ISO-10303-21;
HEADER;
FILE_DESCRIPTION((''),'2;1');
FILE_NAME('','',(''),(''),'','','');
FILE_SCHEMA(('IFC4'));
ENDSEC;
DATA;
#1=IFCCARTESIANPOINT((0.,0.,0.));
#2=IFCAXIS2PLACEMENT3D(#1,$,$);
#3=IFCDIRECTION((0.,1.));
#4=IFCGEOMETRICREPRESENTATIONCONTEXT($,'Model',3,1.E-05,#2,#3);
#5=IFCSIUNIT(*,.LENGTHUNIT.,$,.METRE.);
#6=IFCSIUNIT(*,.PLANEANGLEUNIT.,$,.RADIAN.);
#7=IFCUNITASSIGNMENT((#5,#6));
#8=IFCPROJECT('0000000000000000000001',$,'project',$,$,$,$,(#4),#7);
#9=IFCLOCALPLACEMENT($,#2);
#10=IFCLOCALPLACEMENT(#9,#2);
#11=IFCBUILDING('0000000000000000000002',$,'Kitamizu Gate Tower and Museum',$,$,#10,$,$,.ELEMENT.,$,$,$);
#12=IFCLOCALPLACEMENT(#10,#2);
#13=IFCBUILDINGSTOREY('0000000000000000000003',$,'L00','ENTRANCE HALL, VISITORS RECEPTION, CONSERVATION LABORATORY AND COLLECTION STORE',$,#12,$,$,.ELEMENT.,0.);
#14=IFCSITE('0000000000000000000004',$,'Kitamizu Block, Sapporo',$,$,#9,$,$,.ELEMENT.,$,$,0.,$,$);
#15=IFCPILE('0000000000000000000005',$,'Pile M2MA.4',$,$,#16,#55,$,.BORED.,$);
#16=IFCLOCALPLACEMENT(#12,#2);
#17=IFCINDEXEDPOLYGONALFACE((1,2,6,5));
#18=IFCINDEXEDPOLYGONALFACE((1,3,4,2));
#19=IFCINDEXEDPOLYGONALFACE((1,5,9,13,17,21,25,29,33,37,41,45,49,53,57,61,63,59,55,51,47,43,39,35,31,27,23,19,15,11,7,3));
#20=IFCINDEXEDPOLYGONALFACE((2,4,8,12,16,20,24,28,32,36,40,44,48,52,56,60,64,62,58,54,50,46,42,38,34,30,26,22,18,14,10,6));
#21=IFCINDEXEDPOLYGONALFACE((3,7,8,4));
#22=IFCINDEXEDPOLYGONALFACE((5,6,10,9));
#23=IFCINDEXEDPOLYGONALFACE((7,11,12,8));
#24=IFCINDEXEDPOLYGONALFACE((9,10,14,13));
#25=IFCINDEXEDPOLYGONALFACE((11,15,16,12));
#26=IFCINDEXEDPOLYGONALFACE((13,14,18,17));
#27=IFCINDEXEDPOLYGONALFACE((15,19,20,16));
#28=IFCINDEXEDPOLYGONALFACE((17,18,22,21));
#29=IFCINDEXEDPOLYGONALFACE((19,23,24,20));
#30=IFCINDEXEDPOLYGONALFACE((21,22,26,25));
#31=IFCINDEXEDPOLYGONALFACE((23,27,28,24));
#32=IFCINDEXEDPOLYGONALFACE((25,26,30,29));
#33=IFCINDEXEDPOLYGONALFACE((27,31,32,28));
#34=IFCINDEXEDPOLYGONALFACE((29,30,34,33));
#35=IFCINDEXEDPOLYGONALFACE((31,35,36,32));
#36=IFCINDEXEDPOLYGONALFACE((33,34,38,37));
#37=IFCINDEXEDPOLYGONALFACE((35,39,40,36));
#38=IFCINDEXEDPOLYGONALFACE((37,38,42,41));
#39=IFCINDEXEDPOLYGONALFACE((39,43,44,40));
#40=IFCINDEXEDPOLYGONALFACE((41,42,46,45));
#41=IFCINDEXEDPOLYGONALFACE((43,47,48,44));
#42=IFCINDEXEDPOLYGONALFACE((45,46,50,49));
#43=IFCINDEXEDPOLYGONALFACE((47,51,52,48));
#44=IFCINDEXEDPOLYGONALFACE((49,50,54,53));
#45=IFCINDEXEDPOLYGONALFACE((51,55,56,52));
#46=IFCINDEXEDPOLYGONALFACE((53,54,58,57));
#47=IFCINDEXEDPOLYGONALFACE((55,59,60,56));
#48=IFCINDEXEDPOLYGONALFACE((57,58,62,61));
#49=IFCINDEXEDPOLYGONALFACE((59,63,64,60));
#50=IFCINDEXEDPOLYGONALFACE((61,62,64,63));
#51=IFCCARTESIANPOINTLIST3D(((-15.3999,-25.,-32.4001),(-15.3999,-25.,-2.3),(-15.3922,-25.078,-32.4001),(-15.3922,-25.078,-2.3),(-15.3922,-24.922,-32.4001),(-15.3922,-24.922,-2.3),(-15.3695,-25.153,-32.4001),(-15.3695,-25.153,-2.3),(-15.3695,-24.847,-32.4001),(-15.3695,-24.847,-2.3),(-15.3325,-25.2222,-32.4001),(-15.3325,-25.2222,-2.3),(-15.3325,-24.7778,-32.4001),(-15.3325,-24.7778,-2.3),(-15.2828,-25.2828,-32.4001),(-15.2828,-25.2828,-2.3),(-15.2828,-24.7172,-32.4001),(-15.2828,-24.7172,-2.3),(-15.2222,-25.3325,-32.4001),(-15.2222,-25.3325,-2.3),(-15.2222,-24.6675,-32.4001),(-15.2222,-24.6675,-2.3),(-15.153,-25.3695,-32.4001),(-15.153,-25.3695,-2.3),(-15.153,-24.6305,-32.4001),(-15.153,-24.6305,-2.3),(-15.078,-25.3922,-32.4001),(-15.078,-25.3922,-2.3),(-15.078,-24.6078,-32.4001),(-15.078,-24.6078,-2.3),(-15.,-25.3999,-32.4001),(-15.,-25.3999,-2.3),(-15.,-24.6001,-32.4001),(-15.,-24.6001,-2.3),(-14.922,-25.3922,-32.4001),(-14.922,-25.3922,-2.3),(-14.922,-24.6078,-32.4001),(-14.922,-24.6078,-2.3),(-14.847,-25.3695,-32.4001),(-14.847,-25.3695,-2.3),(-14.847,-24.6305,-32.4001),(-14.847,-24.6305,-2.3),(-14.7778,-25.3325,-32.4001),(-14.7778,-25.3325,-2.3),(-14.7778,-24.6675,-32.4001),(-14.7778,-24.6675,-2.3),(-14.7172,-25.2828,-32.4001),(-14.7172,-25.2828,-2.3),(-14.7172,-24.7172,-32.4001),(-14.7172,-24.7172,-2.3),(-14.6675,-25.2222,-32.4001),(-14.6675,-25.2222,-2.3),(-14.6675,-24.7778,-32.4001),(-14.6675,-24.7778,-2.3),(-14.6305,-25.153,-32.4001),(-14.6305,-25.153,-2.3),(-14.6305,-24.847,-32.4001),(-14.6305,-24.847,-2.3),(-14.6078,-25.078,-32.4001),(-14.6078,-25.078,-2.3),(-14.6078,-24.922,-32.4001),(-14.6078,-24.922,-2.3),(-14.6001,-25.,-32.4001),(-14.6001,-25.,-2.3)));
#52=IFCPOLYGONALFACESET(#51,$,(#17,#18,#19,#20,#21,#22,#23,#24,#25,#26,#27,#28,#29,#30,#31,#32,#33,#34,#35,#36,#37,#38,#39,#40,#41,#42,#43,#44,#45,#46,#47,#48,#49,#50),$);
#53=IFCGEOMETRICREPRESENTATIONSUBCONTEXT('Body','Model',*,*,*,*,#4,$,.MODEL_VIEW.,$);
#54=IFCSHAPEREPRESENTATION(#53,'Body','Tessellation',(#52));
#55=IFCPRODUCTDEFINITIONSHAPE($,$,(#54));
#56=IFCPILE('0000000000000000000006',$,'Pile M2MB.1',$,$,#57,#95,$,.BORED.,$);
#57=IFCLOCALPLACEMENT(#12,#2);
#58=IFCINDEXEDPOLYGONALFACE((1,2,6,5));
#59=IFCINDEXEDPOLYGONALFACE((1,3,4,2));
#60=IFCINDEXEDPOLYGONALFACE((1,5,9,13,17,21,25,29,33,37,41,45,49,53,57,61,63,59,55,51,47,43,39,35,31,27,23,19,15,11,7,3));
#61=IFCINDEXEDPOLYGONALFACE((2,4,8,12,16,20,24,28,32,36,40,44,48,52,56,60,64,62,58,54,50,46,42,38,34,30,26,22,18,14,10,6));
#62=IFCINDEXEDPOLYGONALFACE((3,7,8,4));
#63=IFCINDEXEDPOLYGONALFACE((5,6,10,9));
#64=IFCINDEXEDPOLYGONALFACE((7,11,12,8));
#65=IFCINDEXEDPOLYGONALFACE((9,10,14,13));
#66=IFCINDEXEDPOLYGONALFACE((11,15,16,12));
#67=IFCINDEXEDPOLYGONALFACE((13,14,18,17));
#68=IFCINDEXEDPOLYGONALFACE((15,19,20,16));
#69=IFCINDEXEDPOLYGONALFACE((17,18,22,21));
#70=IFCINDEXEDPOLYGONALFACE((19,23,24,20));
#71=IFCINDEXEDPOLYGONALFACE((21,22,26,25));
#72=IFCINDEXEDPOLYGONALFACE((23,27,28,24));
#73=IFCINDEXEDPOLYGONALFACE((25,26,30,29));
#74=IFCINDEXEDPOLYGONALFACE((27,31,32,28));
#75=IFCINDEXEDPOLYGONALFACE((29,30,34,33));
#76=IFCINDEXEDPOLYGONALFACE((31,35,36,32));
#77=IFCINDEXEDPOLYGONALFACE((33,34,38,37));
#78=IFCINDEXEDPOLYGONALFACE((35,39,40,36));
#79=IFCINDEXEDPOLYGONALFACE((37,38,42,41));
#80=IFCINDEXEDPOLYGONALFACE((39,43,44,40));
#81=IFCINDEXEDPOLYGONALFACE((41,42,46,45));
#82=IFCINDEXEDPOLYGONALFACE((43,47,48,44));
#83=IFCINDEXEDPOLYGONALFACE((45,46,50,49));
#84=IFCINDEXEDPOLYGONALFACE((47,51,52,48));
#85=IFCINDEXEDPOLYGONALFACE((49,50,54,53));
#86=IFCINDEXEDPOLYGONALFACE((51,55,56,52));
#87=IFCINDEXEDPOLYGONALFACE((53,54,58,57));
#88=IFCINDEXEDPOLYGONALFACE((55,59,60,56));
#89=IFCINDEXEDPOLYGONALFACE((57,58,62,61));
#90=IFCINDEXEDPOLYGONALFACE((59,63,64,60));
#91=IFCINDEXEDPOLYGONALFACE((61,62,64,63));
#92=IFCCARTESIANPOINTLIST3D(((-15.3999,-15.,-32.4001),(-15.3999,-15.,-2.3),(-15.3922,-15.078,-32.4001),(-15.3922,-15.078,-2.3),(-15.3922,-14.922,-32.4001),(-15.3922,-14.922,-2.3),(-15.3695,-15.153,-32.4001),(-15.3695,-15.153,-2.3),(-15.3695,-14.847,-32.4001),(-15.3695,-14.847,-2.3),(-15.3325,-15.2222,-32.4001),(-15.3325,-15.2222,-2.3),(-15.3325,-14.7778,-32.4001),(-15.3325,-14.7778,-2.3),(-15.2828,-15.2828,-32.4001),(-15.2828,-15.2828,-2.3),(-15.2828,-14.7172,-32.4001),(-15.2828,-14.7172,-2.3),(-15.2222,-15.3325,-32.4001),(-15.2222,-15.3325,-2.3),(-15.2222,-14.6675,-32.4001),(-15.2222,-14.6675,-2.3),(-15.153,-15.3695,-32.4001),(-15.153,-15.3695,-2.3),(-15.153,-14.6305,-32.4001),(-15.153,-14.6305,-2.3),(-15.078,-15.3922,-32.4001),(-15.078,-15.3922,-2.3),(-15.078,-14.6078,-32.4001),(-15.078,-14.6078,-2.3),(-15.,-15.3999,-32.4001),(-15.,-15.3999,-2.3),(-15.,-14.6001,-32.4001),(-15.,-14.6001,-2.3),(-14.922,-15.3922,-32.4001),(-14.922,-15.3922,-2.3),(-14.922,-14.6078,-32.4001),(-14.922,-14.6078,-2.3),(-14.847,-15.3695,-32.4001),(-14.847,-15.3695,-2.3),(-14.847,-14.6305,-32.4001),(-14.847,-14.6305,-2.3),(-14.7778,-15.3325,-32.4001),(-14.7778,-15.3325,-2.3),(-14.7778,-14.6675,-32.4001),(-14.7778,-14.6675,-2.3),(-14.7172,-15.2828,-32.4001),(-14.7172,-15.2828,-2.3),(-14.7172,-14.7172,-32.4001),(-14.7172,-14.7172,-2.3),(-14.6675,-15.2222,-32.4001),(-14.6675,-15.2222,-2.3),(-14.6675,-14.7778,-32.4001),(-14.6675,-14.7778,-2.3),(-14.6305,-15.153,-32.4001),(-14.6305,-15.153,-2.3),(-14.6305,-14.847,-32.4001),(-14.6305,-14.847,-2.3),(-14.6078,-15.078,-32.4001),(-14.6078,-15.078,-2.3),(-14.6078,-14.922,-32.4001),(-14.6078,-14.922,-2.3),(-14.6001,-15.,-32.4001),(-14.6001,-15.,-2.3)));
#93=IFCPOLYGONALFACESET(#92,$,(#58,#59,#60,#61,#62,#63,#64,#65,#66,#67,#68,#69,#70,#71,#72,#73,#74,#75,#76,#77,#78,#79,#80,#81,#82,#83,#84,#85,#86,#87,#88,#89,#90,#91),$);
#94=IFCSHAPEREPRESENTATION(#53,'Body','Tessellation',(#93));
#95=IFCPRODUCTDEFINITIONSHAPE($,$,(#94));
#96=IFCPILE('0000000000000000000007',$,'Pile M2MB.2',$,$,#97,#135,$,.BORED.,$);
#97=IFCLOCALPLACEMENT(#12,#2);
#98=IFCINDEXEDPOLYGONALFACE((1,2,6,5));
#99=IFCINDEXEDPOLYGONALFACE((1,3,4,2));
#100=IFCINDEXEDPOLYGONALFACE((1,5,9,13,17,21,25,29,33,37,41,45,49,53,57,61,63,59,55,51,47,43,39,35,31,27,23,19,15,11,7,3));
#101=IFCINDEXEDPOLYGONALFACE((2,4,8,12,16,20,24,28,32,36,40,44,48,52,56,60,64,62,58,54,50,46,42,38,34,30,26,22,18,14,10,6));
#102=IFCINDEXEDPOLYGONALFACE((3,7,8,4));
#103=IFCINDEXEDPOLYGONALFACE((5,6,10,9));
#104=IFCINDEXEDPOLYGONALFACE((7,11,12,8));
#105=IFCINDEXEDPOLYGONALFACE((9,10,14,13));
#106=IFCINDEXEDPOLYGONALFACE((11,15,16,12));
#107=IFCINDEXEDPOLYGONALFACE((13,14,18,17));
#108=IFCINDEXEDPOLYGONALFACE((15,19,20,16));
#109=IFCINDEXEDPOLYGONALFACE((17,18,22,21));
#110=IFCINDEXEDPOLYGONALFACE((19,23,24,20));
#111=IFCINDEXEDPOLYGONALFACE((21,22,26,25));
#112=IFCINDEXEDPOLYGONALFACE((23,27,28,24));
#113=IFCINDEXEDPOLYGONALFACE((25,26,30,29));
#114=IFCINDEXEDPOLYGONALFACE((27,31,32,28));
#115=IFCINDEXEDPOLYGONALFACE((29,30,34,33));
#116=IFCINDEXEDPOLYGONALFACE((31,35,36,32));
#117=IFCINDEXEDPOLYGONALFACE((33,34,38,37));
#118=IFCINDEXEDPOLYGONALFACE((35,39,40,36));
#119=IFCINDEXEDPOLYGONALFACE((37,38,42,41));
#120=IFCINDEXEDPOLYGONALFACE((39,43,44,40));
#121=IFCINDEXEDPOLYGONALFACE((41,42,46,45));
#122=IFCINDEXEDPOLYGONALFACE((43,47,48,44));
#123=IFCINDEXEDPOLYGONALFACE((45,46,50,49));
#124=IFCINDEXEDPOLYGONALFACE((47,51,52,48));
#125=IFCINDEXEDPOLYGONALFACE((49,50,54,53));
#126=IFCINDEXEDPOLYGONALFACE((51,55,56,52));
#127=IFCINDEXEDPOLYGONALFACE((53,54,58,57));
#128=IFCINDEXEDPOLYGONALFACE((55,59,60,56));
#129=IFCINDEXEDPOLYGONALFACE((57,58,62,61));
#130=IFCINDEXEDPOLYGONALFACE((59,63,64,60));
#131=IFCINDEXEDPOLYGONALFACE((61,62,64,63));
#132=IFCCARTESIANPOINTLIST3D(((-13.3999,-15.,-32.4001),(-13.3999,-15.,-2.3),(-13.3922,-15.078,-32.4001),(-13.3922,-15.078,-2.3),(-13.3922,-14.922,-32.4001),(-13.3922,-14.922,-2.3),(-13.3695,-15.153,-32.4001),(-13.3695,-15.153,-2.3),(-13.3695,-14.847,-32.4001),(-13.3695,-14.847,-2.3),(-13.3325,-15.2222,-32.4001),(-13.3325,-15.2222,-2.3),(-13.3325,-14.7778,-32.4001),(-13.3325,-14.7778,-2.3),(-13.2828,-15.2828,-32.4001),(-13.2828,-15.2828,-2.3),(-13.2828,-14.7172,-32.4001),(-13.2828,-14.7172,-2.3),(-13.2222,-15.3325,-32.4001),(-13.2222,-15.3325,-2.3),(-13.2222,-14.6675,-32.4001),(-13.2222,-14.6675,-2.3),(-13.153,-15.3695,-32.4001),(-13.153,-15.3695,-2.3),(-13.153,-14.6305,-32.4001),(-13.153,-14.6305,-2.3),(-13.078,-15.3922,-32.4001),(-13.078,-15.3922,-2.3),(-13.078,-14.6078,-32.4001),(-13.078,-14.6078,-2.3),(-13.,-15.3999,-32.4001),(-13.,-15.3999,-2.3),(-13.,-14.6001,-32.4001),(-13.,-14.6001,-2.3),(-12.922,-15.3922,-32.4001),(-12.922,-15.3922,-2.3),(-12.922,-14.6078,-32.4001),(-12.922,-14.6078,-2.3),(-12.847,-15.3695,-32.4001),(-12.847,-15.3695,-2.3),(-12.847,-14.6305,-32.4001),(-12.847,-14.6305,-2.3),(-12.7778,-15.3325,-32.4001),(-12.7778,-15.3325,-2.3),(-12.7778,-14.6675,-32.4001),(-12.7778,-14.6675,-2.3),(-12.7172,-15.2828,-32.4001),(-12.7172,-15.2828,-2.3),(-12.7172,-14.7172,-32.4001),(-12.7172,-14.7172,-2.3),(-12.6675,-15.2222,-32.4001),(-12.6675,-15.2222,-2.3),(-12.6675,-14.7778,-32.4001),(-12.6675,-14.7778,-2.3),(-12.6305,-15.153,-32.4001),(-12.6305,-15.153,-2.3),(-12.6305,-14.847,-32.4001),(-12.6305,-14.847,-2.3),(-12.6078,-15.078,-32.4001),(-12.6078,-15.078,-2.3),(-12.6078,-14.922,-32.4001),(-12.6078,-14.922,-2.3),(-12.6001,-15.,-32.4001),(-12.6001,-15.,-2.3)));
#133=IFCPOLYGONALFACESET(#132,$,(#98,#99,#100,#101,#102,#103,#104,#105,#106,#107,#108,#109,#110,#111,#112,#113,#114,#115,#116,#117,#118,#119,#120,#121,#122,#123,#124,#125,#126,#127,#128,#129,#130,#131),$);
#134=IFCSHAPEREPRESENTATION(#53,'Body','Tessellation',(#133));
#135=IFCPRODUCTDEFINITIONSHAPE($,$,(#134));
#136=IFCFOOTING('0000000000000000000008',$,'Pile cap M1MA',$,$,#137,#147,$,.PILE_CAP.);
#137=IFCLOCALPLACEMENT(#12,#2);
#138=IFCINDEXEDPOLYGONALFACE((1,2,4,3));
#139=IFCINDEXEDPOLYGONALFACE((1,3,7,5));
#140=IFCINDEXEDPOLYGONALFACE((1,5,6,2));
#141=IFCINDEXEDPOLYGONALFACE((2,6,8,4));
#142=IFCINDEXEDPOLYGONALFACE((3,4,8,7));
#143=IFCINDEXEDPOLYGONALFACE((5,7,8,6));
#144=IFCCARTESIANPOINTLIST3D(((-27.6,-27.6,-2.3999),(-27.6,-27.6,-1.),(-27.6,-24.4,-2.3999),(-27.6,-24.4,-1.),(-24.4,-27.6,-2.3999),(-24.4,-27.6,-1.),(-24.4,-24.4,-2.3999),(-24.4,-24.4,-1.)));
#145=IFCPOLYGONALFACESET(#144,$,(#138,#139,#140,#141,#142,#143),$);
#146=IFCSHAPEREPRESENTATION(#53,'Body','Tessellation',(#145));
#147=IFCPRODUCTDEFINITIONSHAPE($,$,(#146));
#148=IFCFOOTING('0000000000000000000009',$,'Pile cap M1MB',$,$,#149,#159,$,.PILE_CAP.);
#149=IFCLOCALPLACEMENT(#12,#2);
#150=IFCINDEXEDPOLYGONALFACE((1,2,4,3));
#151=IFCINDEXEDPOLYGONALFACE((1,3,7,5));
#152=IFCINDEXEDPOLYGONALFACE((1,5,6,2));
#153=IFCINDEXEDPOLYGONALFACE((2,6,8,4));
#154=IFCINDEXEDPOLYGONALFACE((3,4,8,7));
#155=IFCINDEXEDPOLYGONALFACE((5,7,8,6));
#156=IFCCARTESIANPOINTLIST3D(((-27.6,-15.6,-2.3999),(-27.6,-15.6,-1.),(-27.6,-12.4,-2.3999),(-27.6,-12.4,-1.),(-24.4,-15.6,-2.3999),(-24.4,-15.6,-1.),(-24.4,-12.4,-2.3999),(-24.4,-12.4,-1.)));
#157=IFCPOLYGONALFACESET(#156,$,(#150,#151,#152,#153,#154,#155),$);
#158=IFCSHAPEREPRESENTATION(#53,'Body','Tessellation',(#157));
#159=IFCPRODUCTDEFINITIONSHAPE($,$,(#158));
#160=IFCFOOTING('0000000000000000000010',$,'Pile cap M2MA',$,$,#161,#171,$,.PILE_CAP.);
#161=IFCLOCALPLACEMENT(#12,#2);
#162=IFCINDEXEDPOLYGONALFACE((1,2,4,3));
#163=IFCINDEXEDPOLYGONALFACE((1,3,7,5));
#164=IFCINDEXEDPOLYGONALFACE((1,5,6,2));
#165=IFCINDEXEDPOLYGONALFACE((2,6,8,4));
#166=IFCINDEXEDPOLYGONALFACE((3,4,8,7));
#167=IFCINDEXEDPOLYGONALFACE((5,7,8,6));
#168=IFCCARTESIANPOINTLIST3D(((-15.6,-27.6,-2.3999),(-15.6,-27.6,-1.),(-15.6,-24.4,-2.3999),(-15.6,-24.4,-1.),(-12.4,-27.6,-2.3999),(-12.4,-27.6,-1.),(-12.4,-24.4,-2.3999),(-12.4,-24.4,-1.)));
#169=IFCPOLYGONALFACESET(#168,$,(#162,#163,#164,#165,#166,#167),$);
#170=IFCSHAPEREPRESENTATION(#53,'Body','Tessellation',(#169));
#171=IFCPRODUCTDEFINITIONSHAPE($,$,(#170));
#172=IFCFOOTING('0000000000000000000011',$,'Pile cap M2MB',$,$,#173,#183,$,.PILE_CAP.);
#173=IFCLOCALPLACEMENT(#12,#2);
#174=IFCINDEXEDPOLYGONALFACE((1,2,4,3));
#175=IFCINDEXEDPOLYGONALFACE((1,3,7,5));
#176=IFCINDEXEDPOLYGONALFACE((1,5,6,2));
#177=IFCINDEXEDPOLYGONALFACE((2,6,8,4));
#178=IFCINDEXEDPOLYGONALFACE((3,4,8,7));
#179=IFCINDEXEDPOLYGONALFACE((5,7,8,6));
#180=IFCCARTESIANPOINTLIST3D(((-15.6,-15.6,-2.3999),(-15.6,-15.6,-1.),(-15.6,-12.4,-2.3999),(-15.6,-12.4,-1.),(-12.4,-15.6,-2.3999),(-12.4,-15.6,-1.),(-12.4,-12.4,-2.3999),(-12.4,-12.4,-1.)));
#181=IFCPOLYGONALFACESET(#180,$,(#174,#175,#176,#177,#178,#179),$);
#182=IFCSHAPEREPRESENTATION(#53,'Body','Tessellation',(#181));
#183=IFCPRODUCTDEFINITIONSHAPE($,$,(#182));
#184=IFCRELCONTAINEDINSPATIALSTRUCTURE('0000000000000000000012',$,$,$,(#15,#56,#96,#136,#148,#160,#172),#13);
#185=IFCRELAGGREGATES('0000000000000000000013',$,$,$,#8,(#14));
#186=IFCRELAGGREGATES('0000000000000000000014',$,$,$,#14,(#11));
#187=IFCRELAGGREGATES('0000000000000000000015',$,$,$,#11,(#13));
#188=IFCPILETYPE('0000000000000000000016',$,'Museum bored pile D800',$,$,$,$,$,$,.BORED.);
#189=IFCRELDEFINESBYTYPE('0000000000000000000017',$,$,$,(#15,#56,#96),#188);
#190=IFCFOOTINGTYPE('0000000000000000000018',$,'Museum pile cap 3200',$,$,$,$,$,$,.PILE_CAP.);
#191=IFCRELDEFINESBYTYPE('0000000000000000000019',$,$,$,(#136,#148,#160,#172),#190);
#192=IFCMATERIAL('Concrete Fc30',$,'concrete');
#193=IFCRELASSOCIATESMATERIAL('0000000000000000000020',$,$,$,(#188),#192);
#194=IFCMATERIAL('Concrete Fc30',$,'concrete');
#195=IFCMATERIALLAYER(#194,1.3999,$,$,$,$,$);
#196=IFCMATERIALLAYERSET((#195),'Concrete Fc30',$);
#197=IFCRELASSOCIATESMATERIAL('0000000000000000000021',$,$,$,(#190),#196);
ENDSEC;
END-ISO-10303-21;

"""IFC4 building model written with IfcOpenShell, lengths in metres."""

from ifc_helpers import new_model, si_unit, direction, frame, origin, origin_2d, place, context, subcontext, project, spatial, rectangle, circle, extrude, material, layer, layer_set, material_profile, profile_set, type_object, element, save


model = new_model("IFC4")

# Units and contexts
model_context = context("Model", 3, precision=1e-05, world=origin(), true_north=direction((0.0, 1.0)))
body_context = subcontext(model_context, "Body", "Model", "MODEL_VIEW")
ifc_project = project(units=[si_unit("LENGTHUNIT", "METRE"), si_unit("PLANEANGLEUNIT", "RADIAN")], contexts=[model_context])

# Site, building, storey
site_placement = place(None, origin())
site = spatial("IfcSite", under=ifc_project, at=site_placement, Name="Kitamizu Block, Sapporo", CompositionType="ELEMENT", RefElevation=0.0)
building_placement = place(site_placement, origin())
building = spatial("IfcBuilding", under=site, at=building_placement, Name="Kitamizu Gate Tower and Museum", CompositionType="ELEMENT")
storey_placement = place(building_placement, origin())
storey = spatial("IfcBuildingStorey", under=building, at=storey_placement, Name="L00", Description="ENTRANCE HALL, VISITORS RECEPTION, CONSERVATION LABORATORY AND COLLECTION STORE", CompositionType="ELEMENT", Elevation=0.0)

# Piles
ifc_material_1 = material(Name="Concrete Fc30", Category="concrete")
ifc_material_profile_1 = material_profile(ifc_material_1, circle(Radius=0.3999, at=origin_2d()), Name="D800")
ifc_profile_set_1 = profile_set([ifc_material_profile_1], Name="Concrete Fc30")
pile_type = type_object("IfcPileType", Name="Museum bored pile D800", PredefinedType="BORED", material=ifc_profile_set_1)
for number, where, z_axis, x_axis, name in (
    (1, (-15.0, -25.0, -2.3), (0.0, 0.0, -1.0), (1.0, 0.0, 0.0), "Pile M2MA.4"),
    (2, (-15.0, -15.0, -2.3), (0.0, 0.0, -1.0), (1.0, 0.0, 0.0), "Pile M2MB.1"),
    (3, (-13.0, -15.0, -2.3), (0.0, 0.0, -1.0), (1.0, 0.0, 0.0), "Pile M2MB.2"),
):
    element("IfcPile", number, at=place(storey_placement, frame(where, z_axis=z_axis, x_axis=x_axis)), inside=storey, type_object=pile_type, Name=name, PredefinedType="BORED", context=body_context, shape_type="SweptSolid", body=[
        extrude(circle(Radius=0.3999, at=origin_2d()), origin(), (0.0, 0.0, 1.0), 30.1001),
    ])

# Footings
ifc_material_2 = material(Name="Concrete Fc30", Category="concrete")
ifc_layer_1 = layer(ifc_material_2, 1.3999)
ifc_layer_set_1 = layer_set([ifc_layer_1], Name="Concrete Fc30")
footing_type = type_object("IfcFootingType", Name="Museum pile cap 3200", PredefinedType="PILE_CAP", material=ifc_layer_set_1)
for number, where, z_axis, x_axis, name in (
    (4, (-26.0, -26.0, -2.3999), (0.0, 0.0, 1.0), (1.0, 0.0, 0.0), "Pile cap M1MA"),
    (5, (-26.0, -14.0, -2.3999), (0.0, 0.0, 1.0), (1.0, 0.0, 0.0), "Pile cap M1MB"),
    (6, (-14.0, -26.0, -2.3999), (0.0, 0.0, 1.0), (1.0, 0.0, 0.0), "Pile cap M2MA"),
    (7, (-14.0, -14.0, -2.3999), (0.0, 0.0, 1.0), (1.0, 0.0, 0.0), "Pile cap M2MB"),
):
    element("IfcFooting", number, at=place(storey_placement, frame(where, z_axis=z_axis, x_axis=x_axis)), inside=storey, type_object=footing_type, Name=name, PredefinedType="PILE_CAP", context=body_context, shape_type="SweptSolid", body=[
        extrude(rectangle(XDim=3.2, YDim=3.2, at=origin_2d()), origin(), (0.0, 0.0, 1.0), 1.3999),
    ])

save(model, "model.ifc")
